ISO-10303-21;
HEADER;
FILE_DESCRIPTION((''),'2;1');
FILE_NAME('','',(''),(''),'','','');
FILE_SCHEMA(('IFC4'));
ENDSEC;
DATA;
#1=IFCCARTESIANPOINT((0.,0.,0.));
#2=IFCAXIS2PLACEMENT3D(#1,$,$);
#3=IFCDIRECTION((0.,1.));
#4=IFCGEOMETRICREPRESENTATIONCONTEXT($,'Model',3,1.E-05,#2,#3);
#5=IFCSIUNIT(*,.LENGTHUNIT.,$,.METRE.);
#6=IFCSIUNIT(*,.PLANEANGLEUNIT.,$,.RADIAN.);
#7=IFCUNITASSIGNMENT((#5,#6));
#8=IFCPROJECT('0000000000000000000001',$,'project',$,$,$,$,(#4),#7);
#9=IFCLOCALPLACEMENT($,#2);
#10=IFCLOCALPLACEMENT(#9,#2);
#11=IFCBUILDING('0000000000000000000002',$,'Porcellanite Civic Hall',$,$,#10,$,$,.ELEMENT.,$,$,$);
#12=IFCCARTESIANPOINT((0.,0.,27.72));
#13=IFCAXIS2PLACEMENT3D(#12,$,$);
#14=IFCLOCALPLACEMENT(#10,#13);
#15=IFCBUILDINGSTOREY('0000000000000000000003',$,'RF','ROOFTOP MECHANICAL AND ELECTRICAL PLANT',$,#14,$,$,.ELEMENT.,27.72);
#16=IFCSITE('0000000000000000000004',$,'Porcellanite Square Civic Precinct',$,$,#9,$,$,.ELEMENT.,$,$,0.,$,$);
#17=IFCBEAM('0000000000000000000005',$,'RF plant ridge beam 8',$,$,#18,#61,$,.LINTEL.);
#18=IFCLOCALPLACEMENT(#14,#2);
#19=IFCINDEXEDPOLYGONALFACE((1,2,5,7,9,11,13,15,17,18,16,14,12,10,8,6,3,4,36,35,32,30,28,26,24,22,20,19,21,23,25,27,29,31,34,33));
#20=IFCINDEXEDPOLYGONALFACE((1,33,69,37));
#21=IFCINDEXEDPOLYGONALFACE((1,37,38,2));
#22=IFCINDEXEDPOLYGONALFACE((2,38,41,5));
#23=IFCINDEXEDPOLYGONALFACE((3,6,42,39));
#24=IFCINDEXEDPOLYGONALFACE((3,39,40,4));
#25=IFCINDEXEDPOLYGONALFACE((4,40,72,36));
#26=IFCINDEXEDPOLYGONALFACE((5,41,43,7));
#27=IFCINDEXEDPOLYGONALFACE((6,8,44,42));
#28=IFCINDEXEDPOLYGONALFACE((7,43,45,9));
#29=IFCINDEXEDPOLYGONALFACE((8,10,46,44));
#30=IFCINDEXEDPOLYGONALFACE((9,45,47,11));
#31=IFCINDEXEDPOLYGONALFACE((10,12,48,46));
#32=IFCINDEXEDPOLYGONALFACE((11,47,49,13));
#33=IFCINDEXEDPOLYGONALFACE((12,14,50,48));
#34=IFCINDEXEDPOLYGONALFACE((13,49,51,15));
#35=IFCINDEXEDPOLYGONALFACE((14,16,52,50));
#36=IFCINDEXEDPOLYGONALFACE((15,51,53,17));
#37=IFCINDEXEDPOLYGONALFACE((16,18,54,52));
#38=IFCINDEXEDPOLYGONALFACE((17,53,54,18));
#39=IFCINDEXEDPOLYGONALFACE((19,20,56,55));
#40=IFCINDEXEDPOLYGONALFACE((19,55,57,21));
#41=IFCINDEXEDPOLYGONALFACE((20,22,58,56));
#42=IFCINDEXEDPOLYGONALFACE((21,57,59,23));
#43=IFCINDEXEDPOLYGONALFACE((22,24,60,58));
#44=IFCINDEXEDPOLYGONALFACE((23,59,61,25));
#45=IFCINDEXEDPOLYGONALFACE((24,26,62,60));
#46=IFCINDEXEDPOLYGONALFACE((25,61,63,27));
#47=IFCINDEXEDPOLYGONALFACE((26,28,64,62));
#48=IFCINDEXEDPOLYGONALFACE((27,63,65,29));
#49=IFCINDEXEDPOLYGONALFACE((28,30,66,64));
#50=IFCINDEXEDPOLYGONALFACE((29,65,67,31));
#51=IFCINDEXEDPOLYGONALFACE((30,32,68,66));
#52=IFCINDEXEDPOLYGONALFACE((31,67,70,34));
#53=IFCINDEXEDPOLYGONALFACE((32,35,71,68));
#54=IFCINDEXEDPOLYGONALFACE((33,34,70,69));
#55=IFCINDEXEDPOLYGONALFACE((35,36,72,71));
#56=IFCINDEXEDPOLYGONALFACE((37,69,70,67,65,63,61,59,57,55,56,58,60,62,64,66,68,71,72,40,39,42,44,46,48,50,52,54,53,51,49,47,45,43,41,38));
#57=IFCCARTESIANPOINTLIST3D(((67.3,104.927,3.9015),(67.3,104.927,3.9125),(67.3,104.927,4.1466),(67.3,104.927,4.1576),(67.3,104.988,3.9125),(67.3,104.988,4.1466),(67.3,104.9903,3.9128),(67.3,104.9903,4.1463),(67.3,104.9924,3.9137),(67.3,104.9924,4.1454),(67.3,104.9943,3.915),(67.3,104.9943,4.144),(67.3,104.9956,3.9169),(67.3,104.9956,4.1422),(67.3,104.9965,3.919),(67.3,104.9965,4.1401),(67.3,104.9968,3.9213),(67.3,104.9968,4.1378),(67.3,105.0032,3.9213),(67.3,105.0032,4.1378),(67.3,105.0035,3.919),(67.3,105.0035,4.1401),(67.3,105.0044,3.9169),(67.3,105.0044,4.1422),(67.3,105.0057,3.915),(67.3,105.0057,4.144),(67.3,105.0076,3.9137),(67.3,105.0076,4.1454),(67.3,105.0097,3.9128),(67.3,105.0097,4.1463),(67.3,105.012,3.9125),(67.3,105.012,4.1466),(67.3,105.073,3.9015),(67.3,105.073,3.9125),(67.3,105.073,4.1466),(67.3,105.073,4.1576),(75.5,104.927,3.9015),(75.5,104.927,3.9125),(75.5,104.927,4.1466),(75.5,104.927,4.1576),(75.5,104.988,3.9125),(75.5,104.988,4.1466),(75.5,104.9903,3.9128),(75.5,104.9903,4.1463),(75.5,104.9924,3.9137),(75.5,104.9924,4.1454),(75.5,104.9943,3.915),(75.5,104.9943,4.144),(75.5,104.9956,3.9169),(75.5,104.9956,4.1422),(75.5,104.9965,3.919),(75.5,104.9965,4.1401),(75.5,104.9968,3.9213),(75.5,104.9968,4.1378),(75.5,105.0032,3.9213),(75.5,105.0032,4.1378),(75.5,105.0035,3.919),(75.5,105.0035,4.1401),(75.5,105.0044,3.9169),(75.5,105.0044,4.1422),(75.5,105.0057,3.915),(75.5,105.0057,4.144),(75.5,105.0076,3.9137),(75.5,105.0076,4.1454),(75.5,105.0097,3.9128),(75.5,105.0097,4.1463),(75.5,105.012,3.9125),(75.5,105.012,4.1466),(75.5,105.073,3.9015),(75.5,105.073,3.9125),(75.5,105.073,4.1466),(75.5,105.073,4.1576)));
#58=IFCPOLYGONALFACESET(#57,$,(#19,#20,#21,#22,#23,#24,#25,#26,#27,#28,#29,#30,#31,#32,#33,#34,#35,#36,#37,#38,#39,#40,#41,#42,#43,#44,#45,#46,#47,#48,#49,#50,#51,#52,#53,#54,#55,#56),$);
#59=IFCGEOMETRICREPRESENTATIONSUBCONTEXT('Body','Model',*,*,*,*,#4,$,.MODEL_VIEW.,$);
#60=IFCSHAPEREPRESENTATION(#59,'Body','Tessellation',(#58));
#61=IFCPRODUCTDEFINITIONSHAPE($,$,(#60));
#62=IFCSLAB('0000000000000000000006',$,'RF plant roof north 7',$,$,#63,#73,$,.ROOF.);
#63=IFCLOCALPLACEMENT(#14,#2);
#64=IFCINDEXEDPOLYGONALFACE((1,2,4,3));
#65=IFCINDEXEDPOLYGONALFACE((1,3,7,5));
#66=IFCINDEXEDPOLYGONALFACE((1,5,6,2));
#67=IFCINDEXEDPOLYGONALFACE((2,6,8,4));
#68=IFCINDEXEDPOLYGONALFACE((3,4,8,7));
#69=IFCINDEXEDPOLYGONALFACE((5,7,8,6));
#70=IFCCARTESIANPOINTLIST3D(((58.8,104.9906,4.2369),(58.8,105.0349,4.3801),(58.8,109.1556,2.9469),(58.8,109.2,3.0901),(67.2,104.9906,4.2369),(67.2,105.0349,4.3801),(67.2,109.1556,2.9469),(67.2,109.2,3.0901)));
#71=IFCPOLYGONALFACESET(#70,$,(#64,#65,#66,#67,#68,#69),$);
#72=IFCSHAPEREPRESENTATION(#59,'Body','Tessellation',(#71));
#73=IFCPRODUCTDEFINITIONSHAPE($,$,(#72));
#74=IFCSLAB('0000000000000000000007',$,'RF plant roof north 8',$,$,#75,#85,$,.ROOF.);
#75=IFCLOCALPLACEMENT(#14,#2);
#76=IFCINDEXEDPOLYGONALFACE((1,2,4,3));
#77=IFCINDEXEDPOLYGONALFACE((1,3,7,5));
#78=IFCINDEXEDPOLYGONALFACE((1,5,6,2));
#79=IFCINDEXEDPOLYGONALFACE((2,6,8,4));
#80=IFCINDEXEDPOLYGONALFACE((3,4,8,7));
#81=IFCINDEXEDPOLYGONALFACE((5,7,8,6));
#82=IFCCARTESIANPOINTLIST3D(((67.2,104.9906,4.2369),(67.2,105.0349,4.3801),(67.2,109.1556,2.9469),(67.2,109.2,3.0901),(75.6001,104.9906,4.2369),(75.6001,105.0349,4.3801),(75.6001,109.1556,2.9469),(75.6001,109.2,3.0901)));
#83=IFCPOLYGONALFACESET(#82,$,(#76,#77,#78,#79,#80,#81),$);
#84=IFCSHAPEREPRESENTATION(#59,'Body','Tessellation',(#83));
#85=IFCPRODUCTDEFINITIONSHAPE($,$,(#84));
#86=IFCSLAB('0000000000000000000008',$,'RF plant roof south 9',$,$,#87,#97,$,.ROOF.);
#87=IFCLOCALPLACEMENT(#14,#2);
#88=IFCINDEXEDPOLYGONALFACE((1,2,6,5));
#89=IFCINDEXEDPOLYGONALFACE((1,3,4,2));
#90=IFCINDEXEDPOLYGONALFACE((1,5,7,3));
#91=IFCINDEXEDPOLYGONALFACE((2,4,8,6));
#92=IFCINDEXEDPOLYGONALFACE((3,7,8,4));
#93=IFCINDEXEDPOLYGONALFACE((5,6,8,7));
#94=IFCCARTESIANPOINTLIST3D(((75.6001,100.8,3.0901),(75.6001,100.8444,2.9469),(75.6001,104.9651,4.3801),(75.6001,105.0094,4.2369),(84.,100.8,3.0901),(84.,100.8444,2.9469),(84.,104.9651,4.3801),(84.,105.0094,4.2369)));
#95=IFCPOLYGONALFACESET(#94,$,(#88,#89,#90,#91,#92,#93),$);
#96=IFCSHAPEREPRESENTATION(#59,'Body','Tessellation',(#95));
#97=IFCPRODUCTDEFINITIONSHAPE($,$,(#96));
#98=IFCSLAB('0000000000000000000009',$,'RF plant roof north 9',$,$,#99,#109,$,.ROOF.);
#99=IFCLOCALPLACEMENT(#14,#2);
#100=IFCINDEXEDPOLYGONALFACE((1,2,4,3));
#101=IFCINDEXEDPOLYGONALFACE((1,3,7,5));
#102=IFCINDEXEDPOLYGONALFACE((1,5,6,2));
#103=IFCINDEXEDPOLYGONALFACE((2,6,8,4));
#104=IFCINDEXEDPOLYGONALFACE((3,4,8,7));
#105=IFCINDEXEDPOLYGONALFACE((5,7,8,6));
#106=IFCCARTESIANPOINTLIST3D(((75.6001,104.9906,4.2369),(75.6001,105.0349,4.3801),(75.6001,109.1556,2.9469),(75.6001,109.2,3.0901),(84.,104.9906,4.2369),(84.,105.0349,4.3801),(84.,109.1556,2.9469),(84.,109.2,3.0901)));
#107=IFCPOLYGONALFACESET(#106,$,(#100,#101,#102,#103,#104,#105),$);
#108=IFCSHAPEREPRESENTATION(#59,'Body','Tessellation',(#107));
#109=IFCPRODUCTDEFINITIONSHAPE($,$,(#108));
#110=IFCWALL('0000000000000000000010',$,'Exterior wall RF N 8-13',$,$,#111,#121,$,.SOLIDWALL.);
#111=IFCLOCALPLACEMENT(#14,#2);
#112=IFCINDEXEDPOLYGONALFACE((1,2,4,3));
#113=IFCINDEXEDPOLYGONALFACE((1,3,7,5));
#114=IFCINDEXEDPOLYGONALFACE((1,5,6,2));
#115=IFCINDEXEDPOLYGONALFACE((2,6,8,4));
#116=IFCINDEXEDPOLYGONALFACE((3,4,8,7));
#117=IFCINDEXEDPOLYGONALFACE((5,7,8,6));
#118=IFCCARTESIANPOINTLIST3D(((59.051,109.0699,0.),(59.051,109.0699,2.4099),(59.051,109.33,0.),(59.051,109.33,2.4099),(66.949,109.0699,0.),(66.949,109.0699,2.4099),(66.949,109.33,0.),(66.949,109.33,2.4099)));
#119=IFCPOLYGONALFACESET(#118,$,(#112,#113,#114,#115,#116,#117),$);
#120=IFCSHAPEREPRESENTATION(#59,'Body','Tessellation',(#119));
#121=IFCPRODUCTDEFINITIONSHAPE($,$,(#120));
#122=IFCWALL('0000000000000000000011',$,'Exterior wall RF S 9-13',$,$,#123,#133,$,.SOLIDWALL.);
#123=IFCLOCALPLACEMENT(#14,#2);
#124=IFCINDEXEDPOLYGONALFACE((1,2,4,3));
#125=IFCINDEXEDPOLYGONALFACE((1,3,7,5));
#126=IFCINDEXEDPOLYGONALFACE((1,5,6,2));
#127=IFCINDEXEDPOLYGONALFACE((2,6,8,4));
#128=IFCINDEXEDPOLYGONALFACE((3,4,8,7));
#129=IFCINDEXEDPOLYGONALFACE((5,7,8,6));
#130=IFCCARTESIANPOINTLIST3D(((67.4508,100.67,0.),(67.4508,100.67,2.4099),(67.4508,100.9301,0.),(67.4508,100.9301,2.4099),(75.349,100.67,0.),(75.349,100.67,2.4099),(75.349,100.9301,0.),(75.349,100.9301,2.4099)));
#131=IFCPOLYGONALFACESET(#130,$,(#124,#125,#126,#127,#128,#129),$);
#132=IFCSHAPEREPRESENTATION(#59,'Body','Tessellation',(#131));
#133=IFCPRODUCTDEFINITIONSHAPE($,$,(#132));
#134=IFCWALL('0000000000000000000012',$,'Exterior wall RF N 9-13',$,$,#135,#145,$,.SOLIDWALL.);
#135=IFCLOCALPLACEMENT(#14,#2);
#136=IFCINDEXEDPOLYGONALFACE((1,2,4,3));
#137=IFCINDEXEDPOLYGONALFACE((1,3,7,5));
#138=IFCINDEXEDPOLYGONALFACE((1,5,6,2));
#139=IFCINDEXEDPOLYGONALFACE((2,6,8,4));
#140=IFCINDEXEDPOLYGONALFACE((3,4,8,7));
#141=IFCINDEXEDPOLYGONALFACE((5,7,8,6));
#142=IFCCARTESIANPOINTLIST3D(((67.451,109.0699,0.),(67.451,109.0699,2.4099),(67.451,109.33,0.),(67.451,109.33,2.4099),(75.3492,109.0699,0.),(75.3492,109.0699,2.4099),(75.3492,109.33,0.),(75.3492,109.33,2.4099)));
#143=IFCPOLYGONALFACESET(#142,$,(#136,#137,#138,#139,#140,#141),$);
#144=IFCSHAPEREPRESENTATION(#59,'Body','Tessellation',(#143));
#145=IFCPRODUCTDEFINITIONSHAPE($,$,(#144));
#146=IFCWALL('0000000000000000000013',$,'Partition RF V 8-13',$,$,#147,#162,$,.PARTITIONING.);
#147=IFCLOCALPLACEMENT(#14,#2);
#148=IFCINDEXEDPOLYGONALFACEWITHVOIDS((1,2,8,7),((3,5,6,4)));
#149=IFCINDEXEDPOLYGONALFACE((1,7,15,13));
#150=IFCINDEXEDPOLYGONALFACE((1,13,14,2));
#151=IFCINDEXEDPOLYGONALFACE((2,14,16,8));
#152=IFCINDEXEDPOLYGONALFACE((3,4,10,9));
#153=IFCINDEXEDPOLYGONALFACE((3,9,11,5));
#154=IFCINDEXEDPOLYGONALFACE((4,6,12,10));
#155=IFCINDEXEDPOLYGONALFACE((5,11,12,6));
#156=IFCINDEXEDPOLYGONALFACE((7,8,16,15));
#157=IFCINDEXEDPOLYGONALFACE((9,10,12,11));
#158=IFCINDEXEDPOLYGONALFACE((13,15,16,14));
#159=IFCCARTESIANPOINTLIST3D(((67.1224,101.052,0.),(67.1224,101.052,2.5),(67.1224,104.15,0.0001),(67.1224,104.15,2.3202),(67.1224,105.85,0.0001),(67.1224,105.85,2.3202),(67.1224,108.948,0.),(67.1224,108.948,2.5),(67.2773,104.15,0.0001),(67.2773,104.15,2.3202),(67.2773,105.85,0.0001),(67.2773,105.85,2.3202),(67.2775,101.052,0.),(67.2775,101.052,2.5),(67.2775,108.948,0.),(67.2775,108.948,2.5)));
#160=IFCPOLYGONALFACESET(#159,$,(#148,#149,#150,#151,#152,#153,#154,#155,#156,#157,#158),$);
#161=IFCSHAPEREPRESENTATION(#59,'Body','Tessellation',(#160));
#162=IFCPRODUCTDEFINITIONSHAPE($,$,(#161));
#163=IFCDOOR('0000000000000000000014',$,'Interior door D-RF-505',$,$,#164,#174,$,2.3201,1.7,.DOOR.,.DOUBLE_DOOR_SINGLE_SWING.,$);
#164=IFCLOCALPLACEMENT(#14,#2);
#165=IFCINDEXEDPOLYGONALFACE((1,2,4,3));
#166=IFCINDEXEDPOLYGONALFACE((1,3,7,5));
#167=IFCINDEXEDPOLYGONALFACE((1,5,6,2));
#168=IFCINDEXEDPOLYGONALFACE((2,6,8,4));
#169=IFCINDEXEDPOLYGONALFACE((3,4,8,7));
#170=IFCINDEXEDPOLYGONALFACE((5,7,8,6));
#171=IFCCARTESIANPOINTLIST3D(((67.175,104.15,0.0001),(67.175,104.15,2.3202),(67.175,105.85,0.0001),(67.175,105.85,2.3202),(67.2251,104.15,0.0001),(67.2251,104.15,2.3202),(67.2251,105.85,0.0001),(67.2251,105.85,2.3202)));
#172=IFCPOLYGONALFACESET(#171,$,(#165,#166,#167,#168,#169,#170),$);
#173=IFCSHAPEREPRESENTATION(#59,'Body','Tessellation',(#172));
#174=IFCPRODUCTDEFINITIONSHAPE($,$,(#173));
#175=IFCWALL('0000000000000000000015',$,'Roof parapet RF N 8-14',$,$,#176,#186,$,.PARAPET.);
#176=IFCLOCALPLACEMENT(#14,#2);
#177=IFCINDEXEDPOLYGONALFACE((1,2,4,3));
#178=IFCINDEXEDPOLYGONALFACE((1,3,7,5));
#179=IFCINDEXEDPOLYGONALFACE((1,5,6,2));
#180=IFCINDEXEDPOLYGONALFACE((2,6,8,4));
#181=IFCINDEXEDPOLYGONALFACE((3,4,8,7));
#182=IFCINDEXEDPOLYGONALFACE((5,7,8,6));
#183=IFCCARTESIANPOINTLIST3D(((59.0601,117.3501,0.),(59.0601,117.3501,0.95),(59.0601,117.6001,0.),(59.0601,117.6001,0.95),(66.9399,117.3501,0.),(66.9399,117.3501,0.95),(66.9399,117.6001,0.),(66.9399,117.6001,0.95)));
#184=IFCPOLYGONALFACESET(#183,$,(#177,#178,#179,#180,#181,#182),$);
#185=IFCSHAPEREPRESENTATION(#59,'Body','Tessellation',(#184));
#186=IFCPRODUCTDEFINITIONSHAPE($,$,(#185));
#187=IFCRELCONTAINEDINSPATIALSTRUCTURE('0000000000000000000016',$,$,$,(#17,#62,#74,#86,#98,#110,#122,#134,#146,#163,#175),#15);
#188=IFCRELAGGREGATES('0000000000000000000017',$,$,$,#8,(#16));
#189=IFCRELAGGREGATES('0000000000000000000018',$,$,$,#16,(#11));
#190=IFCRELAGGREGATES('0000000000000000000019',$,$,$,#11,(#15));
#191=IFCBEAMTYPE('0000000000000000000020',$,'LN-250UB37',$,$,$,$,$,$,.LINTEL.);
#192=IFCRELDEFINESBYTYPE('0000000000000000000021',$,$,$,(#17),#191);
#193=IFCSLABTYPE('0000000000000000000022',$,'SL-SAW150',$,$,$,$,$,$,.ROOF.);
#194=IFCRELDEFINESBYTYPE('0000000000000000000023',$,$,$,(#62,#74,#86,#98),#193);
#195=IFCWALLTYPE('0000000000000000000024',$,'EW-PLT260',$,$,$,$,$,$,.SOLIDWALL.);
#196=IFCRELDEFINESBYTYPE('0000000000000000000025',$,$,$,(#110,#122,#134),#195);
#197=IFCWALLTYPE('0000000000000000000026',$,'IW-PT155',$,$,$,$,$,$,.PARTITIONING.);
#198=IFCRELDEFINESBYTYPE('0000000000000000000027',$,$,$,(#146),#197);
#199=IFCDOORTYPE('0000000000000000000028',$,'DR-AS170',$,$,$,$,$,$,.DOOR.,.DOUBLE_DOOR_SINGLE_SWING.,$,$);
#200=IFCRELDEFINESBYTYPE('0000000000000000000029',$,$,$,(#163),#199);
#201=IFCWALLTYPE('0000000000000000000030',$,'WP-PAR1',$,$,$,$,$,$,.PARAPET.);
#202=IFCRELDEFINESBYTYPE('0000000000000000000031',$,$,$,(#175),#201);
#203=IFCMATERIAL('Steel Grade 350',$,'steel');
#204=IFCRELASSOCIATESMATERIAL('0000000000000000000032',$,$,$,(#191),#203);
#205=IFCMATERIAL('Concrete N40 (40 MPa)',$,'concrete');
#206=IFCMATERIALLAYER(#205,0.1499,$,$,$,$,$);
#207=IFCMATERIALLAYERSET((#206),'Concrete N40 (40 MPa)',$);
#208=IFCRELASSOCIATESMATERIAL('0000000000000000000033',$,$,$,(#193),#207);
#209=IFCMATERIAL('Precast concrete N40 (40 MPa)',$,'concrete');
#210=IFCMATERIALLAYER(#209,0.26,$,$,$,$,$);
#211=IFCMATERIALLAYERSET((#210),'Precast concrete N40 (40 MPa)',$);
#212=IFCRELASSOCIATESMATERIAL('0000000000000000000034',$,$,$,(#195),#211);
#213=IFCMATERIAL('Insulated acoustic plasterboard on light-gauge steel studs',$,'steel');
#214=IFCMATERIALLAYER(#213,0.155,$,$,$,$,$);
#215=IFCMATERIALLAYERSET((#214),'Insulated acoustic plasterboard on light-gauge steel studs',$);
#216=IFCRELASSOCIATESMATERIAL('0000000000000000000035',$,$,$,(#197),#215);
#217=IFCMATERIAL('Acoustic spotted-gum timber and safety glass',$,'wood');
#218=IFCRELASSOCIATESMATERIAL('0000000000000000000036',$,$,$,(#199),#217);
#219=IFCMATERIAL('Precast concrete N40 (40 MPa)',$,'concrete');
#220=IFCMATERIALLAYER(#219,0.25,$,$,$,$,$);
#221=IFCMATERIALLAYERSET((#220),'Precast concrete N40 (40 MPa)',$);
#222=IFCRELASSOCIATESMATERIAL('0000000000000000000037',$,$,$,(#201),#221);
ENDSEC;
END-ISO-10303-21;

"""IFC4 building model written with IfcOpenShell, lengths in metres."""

from ifc_helpers import new_model, si_unit, direction, frame, frame_2d, origin, origin_2d, place, context, subcontext, project, spatial, polyline, rectangle, i_section, outline, extrude, material, layer, layer_set, material_profile, profile_set, type_object, element, fill, save


model = new_model("IFC4")

# Units and contexts
model_context = context("Model", 3, precision=1e-05, world=origin(), true_north=direction((0.0, 1.0)))
body_context = subcontext(model_context, "Body", "Model", "MODEL_VIEW")
ifc_project = project(units=[si_unit("LENGTHUNIT", "METRE"), si_unit("PLANEANGLEUNIT", "RADIAN")], contexts=[model_context])

# Site, building, storey
site_placement = place(None, origin())
site = spatial("IfcSite", under=ifc_project, at=site_placement, Name="Porcellanite Square Civic Precinct", CompositionType="ELEMENT", RefElevation=0.0)
building_placement = place(site_placement, origin())
building = spatial("IfcBuilding", under=site, at=building_placement, Name="Porcellanite Civic Hall", CompositionType="ELEMENT")
storey_placement = place(building_placement, frame((0.0, 0.0, 27.72)))
storey = spatial("IfcBuildingStorey", under=building, at=storey_placement, Name="RF", Description="ROOFTOP MECHANICAL AND ELECTRICAL PLANT", CompositionType="ELEMENT", Elevation=27.72)

# Beam
ifc_material_1 = material(Name="Steel Grade 350", Category="steel")
ifc_material_profile_1 = material_profile(ifc_material_1, i_section(OverallWidth=0.146, OverallDepth=0.2561, WebThickness=0.0063, FlangeThickness=0.011, FilletRadius=0.0088, at=origin_2d()), Name="250UB37.3")
ifc_profile_set_1 = profile_set([ifc_material_profile_1], Name="Steel Grade 350")
beam_type_1 = type_object("IfcBeamType", Name="LN-250UB37", PredefinedType="LINTEL", material=ifc_profile_set_1)
beam_1_placement = place(storey_placement, frame((67.3, 105.0, 4.0295), z_axis=(1.0, 0.0, 0.0), x_axis=(0.0, 1.0, 0.0)))
element("IfcBeam", 1, at=beam_1_placement, inside=storey, type_object=beam_type_1, Name="RF plant ridge beam 8", PredefinedType="LINTEL", context=body_context, shape_type="SweptSolid", body=[
    extrude(i_section(OverallWidth=0.146, OverallDepth=0.2561, WebThickness=0.0063, FlangeThickness=0.011, FilletRadius=0.0088, at=origin_2d()), origin(), (0.0, 0.0, 1.0), 8.2),
])

# Slabs
ifc_material_2 = material(Name="Concrete N40 (40 MPa)", Category="concrete")
ifc_layer_1 = layer(ifc_material_2, 0.1499)
ifc_layer_set_1 = layer_set([ifc_layer_1], Name="Concrete N40 (40 MPa)")
slab_type = type_object("IfcSlabType", Name="SL-SAW150", PredefinedType="ROOF", material=ifc_layer_set_1)
slab_1_placement = place(storey_placement, frame((58.8, 105.0349, 4.3801), z_axis=(0.0, 0.295864, 0.95523), x_axis=(1.0, 0.0, 0.0)))
element("IfcSlab", 2, at=slab_1_placement, inside=storey, type_object=slab_type, Name="RF plant roof north 7", PredefinedType="ROOF", context=body_context, shape_type="SweptSolid", body=[
    extrude(outline(polyline([(0.0, 0.0), (8.3999, 0.0), (8.3999, 4.3602), (0.0, 4.3602), (0.0, 0.0)])), origin(), (0.0, 0.0, -1.0), 0.1499),
])
slab_2_placement = place(storey_placement, frame((67.2, 105.0349, 4.3801), z_axis=(0.0, 0.295864, 0.95523), x_axis=(1.0, 0.0, 0.0)))
element("IfcSlab", 3, at=slab_2_placement, inside=storey, type_object=slab_type, Name="RF plant roof north 8", PredefinedType="ROOF", context=body_context, shape_type="SweptSolid", body=[
    extrude(outline(polyline([(0.0, 0.0), (8.4001, 0.0), (8.4001, 4.3602), (0.0, 4.3602), (0.0, 0.0)])), origin(), (0.0, 0.0, -1.0), 0.1499),
])
for number, where, z_axis, x_axis, name in (
    (4, (75.6001, 100.8, 3.0901), (0.0, -0.295864, 0.95523), (1.0, 0.0, 0.0), "RF plant roof south 9"),
    (5, (75.6001, 105.0349, 4.3801), (0.0, 0.295864, 0.95523), (1.0, 0.0, 0.0), "RF plant roof north 9"),
):
    element("IfcSlab", number, at=place(storey_placement, frame(where, z_axis=z_axis, x_axis=x_axis)), inside=storey, type_object=slab_type, Name=name, PredefinedType="ROOF", context=body_context, shape_type="SweptSolid", body=[
        extrude(outline(polyline([(0.0, 0.0), (8.3999, 0.0), (8.3999, 4.3602), (0.0, 4.3602), (0.0, 0.0)])), origin(), (0.0, 0.0, -1.0), 0.1499),
    ])

# Walls
ifc_material_3 = material(Name="Precast concrete N40 (40 MPa)", Category="concrete")
ifc_layer_2 = layer(ifc_material_3, 0.26)
ifc_layer_set_2 = layer_set([ifc_layer_2], Name="Precast concrete N40 (40 MPa)")
wall_type_1 = type_object("IfcWallType", Name="EW-PLT260", PredefinedType="SOLIDWALL", material=ifc_layer_set_2)
wall_1_placement = place(storey_placement, frame((59.051, 109.2, 0.0), z_axis=(0.0, 0.0, 1.0), x_axis=(1.0, 0.0, 0.0)))
element("IfcWall", 6, at=wall_1_placement, inside=storey, type_object=wall_type_1, Name="Exterior wall RF N 8-13", PredefinedType="SOLIDWALL", context=body_context, shape_type="SweptSolid", body=[
    extrude(rectangle(XDim=7.8979, YDim=0.26, at=frame_2d((3.949, 0.0))), origin(), (0.0, 0.0, 1.0), 2.4099),
])
for number, where, z_axis, x_axis, name in (
    (7, (75.3491, 100.8, 0.0), (0.0, 0.0, 1.0), (-1.0, 0.0, 0.0), "Exterior wall RF S 9-13"),
    (8, (67.4509, 109.2, 0.0), (0.0, 0.0, 1.0), (1.0, 0.0, 0.0), "Exterior wall RF N 9-13"),
):
    element("IfcWall", number, at=place(storey_placement, frame(where, z_axis=z_axis, x_axis=x_axis)), inside=storey, type_object=wall_type_1, Name=name, PredefinedType="SOLIDWALL", context=body_context, shape_type="SweptSolid", body=[
        extrude(rectangle(XDim=7.8982, YDim=0.26, at=frame_2d((3.9492, 0.0))), origin(), (0.0, 0.0, 1.0), 2.4099),
    ])

# Wall, opening, door
ifc_material_4 = material(Name="Insulated acoustic plasterboard on light-gauge steel studs", Category="steel")
ifc_layer_3 = layer(ifc_material_4, 0.155)
ifc_layer_set_3 = layer_set([ifc_layer_3], Name="Insulated acoustic plasterboard on light-gauge steel studs")
wall_type_2 = type_object("IfcWallType", Name="IW-PT155", PredefinedType="PARTITIONING", material=ifc_layer_set_3)
wall_2_placement = place(storey_placement, frame((67.2, 101.052, 0.0), z_axis=(0.0, 0.0, 1.0), x_axis=(0.0, 1.0, 0.0)))
wall_2 = element("IfcWall", 9, at=wall_2_placement, inside=storey, type_object=wall_type_2, Name="Partition RF V 8-13", PredefinedType="PARTITIONING", context=body_context, shape_type="SweptSolid", body=[
    extrude(rectangle(XDim=7.896, YDim=0.155, at=frame_2d((3.948, 0.0))), origin(), (0.0, 0.0, 1.0), 2.5),
])
opening_placement = place(wall_2_placement, frame((3.0979, 0.0, 0.0)))
opening = element("IfcOpeningElement", 10, at=opening_placement, cuts=wall_2, PredefinedType="OPENING", context=body_context, shape_type="SweptSolid", body=[
    extrude(rectangle(XDim=1.7, YDim=2.3201, at=frame_2d((0.8501, 1.1602))), frame((0.0, 0.0776, 0.0), z_axis=(0.0, -1.0, 0.0), x_axis=(1.0, 0.0, 0.0)), (0.0, 0.0, 1.0), 0.155),
])
ifc_material_5 = material(Name="Acoustic spotted-gum timber and safety glass", Category="wood")
door_type = type_object("IfcDoorType", Name="DR-AS170", OperationType="DOUBLE_DOOR_SINGLE_SWING", PredefinedType="DOOR", material=ifc_material_5)
door_placement = place(opening_placement, origin())
door = element("IfcDoor", 11, at=door_placement, inside=storey, type_object=door_type, Name="Interior door D-RF-505", OperationType="DOUBLE_DOOR_SINGLE_SWING", OverallHeight=2.3201, OverallWidth=1.7, PredefinedType="DOOR", context=body_context, shape_type="SweptSolid", body=[
    extrude(rectangle(XDim=1.7, YDim=2.3201, at=frame_2d((0.8501, 1.1602))), frame((0.0, 0.0249, 0.0), z_axis=(0.0, -1.0, 0.0), x_axis=(1.0, 0.0, 0.0)), (0.0, 0.0, 1.0), 0.05),
])
fill(opening, door)

# Wall
ifc_material_6 = material(Name="Precast concrete N40 (40 MPa)", Category="concrete")
ifc_layer_4 = layer(ifc_material_6, 0.25)
ifc_layer_set_4 = layer_set([ifc_layer_4], Name="Precast concrete N40 (40 MPa)")
wall_type_3 = type_object("IfcWallType", Name="WP-PAR1", PredefinedType="PARAPET", material=ifc_layer_set_4)
wall_3_placement = place(storey_placement, frame((59.0601, 117.4751, 0.0), z_axis=(0.0, 0.0, 1.0), x_axis=(1.0, 0.0, 0.0)))
element("IfcWall", 12, at=wall_3_placement, inside=storey, type_object=wall_type_3, Name="Roof parapet RF N 8-14", PredefinedType="PARAPET", context=body_context, shape_type="SweptSolid", body=[
    extrude(rectangle(XDim=7.8799, YDim=0.25, at=frame_2d((3.9399, 0.0))), origin(), (0.0, 0.0, 1.0), 0.95),
])

save(model, "model.ifc")
